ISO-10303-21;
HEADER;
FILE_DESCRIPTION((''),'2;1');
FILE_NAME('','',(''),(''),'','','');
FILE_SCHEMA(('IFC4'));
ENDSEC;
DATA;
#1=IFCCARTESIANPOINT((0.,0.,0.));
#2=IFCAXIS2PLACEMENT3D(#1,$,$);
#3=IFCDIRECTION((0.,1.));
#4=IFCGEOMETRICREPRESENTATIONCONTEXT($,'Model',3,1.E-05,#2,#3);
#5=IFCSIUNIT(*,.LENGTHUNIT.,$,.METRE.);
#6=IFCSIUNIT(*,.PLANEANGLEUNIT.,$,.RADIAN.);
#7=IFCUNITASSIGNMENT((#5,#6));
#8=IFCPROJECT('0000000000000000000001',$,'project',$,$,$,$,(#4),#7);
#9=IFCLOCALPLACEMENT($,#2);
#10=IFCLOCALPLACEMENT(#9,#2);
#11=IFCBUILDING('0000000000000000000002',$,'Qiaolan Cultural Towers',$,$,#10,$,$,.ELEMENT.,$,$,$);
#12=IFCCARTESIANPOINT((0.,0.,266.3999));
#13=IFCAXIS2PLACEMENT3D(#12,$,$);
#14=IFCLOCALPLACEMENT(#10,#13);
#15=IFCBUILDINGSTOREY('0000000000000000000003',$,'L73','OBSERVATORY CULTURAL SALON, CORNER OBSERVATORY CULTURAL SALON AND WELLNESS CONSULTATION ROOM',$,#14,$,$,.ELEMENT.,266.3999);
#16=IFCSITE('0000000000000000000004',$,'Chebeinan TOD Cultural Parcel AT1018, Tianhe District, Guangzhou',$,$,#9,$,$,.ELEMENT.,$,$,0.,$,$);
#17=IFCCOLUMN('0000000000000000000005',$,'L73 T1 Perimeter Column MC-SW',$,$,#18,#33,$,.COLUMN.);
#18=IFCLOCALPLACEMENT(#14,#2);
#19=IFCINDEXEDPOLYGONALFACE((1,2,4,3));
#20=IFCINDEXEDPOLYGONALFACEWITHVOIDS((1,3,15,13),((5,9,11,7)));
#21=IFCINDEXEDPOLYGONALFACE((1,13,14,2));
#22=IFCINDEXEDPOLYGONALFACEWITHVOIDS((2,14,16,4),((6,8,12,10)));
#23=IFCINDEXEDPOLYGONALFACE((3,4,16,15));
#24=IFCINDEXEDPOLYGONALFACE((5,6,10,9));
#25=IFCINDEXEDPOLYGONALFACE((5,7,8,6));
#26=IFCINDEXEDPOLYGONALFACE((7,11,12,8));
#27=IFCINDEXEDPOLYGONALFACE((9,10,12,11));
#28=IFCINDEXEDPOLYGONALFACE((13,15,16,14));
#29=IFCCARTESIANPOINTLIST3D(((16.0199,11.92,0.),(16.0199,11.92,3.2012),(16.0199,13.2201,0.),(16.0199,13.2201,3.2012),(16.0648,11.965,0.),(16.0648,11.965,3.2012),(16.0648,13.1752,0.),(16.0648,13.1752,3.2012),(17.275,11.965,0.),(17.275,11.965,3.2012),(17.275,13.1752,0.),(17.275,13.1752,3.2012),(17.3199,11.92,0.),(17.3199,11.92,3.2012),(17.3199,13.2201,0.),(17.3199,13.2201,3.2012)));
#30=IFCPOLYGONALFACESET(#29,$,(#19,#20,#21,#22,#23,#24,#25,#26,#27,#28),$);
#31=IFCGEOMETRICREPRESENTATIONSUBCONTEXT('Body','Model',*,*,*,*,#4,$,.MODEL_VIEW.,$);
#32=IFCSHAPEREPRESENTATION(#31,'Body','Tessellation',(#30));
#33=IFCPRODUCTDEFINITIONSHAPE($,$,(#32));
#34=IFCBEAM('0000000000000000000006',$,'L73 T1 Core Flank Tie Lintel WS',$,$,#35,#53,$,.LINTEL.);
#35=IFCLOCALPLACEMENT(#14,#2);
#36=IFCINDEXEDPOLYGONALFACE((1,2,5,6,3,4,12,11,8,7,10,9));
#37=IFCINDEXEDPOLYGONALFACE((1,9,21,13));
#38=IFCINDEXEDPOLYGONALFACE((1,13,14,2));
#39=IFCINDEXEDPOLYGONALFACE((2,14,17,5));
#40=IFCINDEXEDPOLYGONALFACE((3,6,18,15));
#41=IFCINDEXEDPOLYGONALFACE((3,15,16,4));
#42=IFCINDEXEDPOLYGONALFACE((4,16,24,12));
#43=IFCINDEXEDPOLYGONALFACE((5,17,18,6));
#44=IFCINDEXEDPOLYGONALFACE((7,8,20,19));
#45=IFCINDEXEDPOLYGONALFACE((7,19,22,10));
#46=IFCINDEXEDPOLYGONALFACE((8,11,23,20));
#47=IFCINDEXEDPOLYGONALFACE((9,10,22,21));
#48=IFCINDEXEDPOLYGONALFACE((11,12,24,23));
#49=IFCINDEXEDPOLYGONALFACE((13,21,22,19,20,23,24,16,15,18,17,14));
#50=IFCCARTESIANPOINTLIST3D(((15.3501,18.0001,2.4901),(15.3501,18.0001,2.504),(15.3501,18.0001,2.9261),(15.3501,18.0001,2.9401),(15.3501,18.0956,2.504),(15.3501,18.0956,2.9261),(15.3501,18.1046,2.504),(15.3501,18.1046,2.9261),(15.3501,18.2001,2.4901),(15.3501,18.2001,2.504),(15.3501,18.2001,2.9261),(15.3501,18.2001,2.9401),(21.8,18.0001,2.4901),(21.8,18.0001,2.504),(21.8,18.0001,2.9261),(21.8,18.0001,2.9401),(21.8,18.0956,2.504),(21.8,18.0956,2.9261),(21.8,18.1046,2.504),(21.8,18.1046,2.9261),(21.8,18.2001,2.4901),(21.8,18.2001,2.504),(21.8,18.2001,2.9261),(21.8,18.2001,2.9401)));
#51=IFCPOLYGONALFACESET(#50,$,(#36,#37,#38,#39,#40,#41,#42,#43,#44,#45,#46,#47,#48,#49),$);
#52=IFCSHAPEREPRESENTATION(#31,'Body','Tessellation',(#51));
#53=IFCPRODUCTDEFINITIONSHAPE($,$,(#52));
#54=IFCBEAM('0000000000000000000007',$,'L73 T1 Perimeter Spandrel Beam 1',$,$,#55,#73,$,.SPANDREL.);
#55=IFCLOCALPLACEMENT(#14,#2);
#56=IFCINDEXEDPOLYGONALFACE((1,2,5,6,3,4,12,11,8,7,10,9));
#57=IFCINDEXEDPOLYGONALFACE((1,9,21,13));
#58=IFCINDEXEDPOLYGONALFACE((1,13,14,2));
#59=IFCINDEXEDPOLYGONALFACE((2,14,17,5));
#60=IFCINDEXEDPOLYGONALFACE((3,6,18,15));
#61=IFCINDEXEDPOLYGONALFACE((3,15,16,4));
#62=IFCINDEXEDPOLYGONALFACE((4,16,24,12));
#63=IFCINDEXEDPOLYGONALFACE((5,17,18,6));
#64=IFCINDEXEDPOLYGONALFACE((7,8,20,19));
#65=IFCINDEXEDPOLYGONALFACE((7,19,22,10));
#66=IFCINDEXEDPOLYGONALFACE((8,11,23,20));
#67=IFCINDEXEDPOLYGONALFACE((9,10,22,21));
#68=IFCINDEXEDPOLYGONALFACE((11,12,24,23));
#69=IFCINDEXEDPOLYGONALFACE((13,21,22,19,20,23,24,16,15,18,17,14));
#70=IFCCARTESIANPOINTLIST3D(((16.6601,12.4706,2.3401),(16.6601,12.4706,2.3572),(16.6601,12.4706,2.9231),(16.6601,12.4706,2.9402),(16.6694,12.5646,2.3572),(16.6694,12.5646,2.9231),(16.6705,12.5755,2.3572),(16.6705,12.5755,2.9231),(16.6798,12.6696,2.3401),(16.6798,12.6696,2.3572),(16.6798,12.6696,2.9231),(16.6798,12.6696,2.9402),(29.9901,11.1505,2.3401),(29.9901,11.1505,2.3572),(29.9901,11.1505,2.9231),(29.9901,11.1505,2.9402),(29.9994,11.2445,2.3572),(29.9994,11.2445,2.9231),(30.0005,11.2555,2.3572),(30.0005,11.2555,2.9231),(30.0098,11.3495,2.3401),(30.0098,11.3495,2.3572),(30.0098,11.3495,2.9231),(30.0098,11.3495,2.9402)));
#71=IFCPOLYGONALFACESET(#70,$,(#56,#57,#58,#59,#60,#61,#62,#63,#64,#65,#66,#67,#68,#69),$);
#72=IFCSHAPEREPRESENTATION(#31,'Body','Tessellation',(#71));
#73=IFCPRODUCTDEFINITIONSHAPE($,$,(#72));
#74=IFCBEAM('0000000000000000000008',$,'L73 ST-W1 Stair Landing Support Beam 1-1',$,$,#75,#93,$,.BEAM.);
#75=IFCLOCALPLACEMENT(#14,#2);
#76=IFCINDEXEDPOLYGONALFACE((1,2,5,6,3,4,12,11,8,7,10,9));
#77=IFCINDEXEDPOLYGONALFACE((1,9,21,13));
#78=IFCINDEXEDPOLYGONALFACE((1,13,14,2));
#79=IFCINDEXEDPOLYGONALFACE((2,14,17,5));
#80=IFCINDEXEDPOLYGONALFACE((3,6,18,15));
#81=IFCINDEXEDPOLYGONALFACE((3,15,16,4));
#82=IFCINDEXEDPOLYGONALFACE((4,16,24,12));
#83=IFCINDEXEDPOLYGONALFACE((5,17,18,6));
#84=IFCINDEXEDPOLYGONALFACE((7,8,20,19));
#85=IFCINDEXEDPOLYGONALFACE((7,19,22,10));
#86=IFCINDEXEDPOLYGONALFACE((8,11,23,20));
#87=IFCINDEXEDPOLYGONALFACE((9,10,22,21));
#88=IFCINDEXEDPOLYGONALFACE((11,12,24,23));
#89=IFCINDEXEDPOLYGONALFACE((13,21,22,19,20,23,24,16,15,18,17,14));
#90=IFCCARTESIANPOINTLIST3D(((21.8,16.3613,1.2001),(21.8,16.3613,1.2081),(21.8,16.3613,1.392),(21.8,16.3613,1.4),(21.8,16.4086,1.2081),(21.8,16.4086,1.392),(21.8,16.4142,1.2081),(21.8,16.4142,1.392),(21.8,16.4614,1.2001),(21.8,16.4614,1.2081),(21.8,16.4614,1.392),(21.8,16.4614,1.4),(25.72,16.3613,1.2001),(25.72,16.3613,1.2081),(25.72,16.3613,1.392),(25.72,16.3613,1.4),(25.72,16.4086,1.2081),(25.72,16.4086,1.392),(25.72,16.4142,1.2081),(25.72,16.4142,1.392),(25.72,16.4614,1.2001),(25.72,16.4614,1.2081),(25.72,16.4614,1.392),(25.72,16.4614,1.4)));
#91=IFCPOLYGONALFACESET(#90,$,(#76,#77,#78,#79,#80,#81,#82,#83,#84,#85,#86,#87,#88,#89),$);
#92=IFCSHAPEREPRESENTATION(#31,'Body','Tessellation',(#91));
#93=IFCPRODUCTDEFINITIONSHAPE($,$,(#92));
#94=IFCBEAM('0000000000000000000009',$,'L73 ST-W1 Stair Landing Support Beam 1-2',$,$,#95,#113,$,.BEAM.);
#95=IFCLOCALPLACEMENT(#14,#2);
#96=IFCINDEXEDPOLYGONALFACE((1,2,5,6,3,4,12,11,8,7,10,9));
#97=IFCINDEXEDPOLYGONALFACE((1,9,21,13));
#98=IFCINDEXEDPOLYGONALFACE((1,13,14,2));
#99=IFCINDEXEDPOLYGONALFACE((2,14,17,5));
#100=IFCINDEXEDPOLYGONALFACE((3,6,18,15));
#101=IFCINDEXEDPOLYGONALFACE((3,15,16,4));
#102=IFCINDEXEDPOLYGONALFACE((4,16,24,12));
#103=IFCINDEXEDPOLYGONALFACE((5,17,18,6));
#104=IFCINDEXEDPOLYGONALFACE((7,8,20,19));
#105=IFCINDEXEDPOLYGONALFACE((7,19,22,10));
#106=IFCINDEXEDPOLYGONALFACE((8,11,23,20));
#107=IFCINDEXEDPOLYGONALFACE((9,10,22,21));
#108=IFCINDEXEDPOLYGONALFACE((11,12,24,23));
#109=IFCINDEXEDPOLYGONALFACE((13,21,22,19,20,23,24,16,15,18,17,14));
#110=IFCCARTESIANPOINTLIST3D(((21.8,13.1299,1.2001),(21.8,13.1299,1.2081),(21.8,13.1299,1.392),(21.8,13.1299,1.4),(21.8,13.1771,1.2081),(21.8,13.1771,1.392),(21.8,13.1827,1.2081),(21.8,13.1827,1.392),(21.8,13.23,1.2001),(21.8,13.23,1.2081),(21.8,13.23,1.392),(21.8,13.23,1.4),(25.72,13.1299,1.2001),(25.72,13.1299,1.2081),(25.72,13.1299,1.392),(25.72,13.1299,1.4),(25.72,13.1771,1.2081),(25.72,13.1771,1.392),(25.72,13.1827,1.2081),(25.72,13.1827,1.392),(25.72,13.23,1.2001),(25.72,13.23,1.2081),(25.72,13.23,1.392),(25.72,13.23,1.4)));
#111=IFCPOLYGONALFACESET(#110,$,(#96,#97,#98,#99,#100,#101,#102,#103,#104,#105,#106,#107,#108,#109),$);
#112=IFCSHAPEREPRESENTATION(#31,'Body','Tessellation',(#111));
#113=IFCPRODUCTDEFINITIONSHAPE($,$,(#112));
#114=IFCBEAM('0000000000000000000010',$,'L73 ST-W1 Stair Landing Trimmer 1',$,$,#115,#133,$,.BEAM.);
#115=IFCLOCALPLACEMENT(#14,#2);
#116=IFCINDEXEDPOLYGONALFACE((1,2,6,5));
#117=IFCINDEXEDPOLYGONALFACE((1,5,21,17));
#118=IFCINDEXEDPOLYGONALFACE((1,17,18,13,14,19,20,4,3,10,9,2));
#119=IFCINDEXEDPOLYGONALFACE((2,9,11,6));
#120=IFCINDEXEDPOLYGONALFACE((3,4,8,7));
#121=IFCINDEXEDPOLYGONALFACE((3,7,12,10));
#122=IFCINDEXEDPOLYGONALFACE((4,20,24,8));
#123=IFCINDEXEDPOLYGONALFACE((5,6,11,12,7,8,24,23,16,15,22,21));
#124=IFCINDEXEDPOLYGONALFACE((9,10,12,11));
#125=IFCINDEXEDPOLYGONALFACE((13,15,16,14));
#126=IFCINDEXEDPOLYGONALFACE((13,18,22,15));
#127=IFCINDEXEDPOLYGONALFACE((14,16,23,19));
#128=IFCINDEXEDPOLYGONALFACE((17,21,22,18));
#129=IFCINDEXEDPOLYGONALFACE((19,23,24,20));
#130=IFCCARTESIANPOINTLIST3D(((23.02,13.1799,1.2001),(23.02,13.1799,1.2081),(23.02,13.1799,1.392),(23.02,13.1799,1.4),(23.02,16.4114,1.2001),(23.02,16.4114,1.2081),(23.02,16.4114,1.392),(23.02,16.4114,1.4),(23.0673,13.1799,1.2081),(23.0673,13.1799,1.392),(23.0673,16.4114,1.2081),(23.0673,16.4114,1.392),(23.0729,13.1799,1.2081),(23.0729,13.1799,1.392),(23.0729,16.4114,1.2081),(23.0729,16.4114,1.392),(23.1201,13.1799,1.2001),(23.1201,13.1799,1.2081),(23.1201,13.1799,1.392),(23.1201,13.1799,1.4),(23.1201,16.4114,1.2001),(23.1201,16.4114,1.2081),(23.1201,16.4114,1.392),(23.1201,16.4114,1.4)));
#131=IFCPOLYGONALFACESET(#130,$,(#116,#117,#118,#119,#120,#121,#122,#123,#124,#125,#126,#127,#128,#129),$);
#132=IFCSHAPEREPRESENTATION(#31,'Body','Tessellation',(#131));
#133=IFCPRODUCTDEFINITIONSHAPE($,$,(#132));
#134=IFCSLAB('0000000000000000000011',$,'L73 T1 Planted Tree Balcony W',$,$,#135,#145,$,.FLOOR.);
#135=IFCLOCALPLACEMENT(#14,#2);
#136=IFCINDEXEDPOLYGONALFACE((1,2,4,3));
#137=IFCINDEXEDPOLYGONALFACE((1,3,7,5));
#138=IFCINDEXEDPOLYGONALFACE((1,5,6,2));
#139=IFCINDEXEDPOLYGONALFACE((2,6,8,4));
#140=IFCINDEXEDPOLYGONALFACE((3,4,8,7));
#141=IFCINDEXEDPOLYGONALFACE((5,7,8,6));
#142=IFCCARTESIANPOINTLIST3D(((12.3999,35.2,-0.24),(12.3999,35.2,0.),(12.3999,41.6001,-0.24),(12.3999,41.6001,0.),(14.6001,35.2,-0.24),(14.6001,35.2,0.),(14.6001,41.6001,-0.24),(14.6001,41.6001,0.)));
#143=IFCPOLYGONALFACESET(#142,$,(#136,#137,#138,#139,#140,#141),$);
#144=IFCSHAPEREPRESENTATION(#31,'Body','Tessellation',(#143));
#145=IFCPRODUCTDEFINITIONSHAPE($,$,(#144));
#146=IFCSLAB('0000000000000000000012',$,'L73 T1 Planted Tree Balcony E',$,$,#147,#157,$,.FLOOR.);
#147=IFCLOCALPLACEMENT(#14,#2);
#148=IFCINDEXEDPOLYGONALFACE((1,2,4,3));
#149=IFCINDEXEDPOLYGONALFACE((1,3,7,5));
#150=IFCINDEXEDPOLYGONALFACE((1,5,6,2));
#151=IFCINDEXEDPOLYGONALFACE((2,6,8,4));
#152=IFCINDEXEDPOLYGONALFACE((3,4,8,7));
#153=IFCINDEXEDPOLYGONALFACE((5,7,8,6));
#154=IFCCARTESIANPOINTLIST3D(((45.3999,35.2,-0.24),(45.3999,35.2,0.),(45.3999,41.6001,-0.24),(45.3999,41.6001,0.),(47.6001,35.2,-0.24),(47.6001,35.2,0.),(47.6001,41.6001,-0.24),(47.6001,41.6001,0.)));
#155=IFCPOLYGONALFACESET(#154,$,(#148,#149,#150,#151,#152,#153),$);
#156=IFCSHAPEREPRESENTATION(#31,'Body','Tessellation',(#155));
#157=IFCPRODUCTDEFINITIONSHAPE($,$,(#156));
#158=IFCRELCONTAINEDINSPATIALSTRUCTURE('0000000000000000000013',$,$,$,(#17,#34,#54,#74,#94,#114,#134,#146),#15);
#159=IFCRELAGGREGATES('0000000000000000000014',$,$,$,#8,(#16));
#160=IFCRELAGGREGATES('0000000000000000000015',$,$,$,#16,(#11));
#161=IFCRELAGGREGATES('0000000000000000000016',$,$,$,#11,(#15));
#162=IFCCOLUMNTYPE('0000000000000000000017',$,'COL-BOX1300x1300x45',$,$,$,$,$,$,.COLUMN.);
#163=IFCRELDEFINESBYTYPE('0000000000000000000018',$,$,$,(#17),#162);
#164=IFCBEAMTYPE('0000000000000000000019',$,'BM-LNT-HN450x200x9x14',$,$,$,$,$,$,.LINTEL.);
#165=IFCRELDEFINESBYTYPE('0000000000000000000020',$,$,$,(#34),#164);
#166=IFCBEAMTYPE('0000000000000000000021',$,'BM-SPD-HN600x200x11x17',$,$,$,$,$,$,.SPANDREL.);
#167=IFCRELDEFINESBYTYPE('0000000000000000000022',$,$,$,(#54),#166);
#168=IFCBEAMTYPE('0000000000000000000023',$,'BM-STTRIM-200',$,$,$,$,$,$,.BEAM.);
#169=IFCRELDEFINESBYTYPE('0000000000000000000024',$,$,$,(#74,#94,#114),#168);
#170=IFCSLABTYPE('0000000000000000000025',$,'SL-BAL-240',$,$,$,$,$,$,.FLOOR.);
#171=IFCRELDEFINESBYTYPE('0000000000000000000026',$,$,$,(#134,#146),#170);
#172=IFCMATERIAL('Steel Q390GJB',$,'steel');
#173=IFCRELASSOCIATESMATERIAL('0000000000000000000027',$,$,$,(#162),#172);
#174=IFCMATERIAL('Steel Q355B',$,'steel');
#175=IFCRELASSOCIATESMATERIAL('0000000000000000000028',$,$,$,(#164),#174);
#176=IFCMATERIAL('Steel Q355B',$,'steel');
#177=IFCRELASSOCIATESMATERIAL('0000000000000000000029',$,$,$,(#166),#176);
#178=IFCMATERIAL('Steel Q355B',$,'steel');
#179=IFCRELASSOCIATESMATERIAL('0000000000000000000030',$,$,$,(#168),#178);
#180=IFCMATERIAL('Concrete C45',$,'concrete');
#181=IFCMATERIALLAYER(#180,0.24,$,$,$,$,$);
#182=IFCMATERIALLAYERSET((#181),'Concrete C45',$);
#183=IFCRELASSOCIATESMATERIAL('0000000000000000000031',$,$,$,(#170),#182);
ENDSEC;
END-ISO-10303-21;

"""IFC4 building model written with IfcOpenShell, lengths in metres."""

from ifc_helpers import new_model, si_unit, direction, frame, origin, origin_2d, place, context, subcontext, project, spatial, polyline, hollow_rectangle, i_section, outline, extrude, material, layer, layer_set, material_profile, profile_set, type_object, element, save


model = new_model("IFC4")

# Units and contexts
model_context = context("Model", 3, precision=1e-05, world=origin(), true_north=direction((0.0, 1.0)))
body_context = subcontext(model_context, "Body", "Model", "MODEL_VIEW")
ifc_project = project(units=[si_unit("LENGTHUNIT", "METRE"), si_unit("PLANEANGLEUNIT", "RADIAN")], contexts=[model_context])

# Site, building, storey
site_placement = place(None, origin())
site = spatial("IfcSite", under=ifc_project, at=site_placement, Name="Chebeinan TOD Cultural Parcel AT1018, Tianhe District, Guangzhou", CompositionType="ELEMENT", RefElevation=0.0)
building_placement = place(site_placement, origin())
building = spatial("IfcBuilding", under=site, at=building_placement, Name="Qiaolan Cultural Towers", CompositionType="ELEMENT")
storey_placement = place(building_placement, frame((0.0, 0.0, 266.3999)))
storey = spatial("IfcBuildingStorey", under=building, at=storey_placement, Name="L73", Description="OBSERVATORY CULTURAL SALON, CORNER OBSERVATORY CULTURAL SALON AND WELLNESS CONSULTATION ROOM", CompositionType="ELEMENT", Elevation=266.3999)

# Column
ifc_material_1 = material(Name="Steel Q390GJB", Category="steel")
ifc_material_profile_1 = material_profile(ifc_material_1, hollow_rectangle(XDim=1.3, YDim=1.3, WallThickness=0.0449, at=origin_2d()), Name="BOX1300x1300x45")
ifc_profile_set_1 = profile_set([ifc_material_profile_1], Name="Steel Q390GJB")
column_type = type_object("IfcColumnType", Name="COL-BOX1300x1300x45", PredefinedType="COLUMN", material=ifc_profile_set_1)
column_placement = place(storey_placement, frame((16.6699, 12.5701, 0.0), z_axis=(0.0, 0.0, 1.0), x_axis=(1.0, 0.0, 0.0)))
element("IfcColumn", 1, at=column_placement, inside=storey, type_object=column_type, Name="L73 T1 Perimeter Column MC-SW", PredefinedType="COLUMN", context=body_context, shape_type="SweptSolid", body=[
    extrude(hollow_rectangle(XDim=1.3, YDim=1.3, WallThickness=0.0449, at=origin_2d()), origin(), (0.0, 0.0, 1.0), 3.2012),
])

# Beams
ifc_material_2 = material(Name="Steel Q355B", Category="steel")
ifc_material_profile_2 = material_profile(ifc_material_2, i_section(OverallWidth=0.2, OverallDepth=0.45, WebThickness=0.009, FlangeThickness=0.0139, at=origin_2d()), Name="HN450x200x9x14")
ifc_profile_set_2 = profile_set([ifc_material_profile_2], Name="Steel Q355B")
beam_type_1 = type_object("IfcBeamType", Name="BM-LNT-HN450x200x9x14", PredefinedType="LINTEL", material=ifc_profile_set_2)
beam_1_placement = place(storey_placement, frame((21.8, 18.1001, 2.7151), z_axis=(-1.0, 0.0, 0.0), x_axis=(0.0, -1.0, 0.0)))
element("IfcBeam", 2, at=beam_1_placement, inside=storey, type_object=beam_type_1, Name="L73 T1 Core Flank Tie Lintel WS", PredefinedType="LINTEL", context=body_context, shape_type="SweptSolid", body=[
    extrude(i_section(OverallWidth=0.2, OverallDepth=0.45, WebThickness=0.009, FlangeThickness=0.0139, at=origin_2d()), origin(), (0.0, 0.0, 1.0), 6.45),
])
ifc_material_3 = material(Name="Steel Q355B", Category="steel")
ifc_material_profile_3 = material_profile(ifc_material_3, i_section(OverallWidth=0.2, OverallDepth=0.6001, WebThickness=0.011, FlangeThickness=0.0171, at=origin_2d()), Name="HN600x200x11x17")
ifc_profile_set_3 = profile_set([ifc_material_profile_3], Name="Steel Q355B")
beam_type_2 = type_object("IfcBeamType", Name="BM-SPD-HN600x200x11x17", PredefinedType="SPANDREL", material=ifc_profile_set_3)
beam_2_placement = place(storey_placement, frame((16.6699, 12.5701, 2.6401), z_axis=(0.995132, -0.098547, 0.0), x_axis=(0.098547, 0.995132, 0.0)))
element("IfcBeam", 3, at=beam_2_placement, inside=storey, type_object=beam_type_2, Name="L73 T1 Perimeter Spandrel Beam 1", PredefinedType="SPANDREL", context=body_context, shape_type="SweptSolid", body=[
    extrude(i_section(OverallWidth=0.2, OverallDepth=0.6001, WebThickness=0.011, FlangeThickness=0.0171, at=origin_2d()), origin(), (0.0, 0.0, 1.0), 13.3953),
])
ifc_material_4 = material(Name="Steel Q355B", Category="steel")
ifc_material_profile_4 = material_profile(ifc_material_4, i_section(OverallWidth=0.1001, OverallDepth=0.2, WebThickness=0.0056, FlangeThickness=0.0081, at=origin_2d()), Name="HN200x100x5.5x8")
ifc_profile_set_4 = profile_set([ifc_material_profile_4], Name="Steel Q355B")
beam_type_3 = type_object("IfcBeamType", Name="BM-STTRIM-200", PredefinedType="BEAM", material=ifc_profile_set_4)
for number, where, z_axis, x_axis, name in (
    (4, (21.8, 16.4114, 1.3), (1.0, 0.0, 0.0), (0.0, 1.0, 0.0), "L73 ST-W1 Stair Landing Support Beam 1-1"),
    (5, (21.8, 13.1799, 1.3), (1.0, 0.0, 0.0), (0.0, 1.0, 0.0), "L73 ST-W1 Stair Landing Support Beam 1-2"),
):
    element("IfcBeam", number, at=place(storey_placement, frame(where, z_axis=z_axis, x_axis=x_axis)), inside=storey, type_object=beam_type_3, Name=name, PredefinedType="BEAM", context=body_context, shape_type="SweptSolid", body=[
        extrude(i_section(OverallWidth=0.1001, OverallDepth=0.2, WebThickness=0.0056, FlangeThickness=0.0081, at=origin_2d()), origin(), (0.0, 0.0, 1.0), 3.9199),
    ])
beam_3_placement = place(storey_placement, frame((23.0701, 16.4114, 1.3), z_axis=(0.0, -1.0, 0.0), x_axis=(1.0, 0.0, 0.0)))
element("IfcBeam", 6, at=beam_3_placement, inside=storey, type_object=beam_type_3, Name="L73 ST-W1 Stair Landing Trimmer 1", PredefinedType="BEAM", context=body_context, shape_type="SweptSolid", body=[
    extrude(i_section(OverallWidth=0.1001, OverallDepth=0.2, WebThickness=0.0056, FlangeThickness=0.0081, at=origin_2d()), origin(), (0.0, 0.0, 1.0), 3.2314),
])

# Slabs
ifc_material_5 = material(Name="Concrete C45", Category="concrete")
ifc_layer_1 = layer(ifc_material_5, 0.24)
ifc_layer_set_1 = layer_set([ifc_layer_1], Name="Concrete C45")
slab_type_1 = type_object("IfcSlabType", Name="SL-BAL-240", PredefinedType="FLOOR", material=ifc_layer_set_1)
slab_1_placement = place(storey_placement, frame((0.0, 0.0, -0.24)))
element("IfcSlab", 7, at=slab_1_placement, inside=storey, type_object=slab_type_1, Name="L73 T1 Planted Tree Balcony W", PredefinedType="FLOOR", context=body_context, shape_type="SweptSolid", body=[
    extrude(outline(polyline([(12.3999, 35.2), (14.6001, 35.2), (14.6001, 41.6001), (12.3999, 41.6001), (12.3999, 35.2)])), origin(), (0.0, 0.0, 1.0), 0.24),
])
slab_2_placement = place(storey_placement, frame((0.0, 0.0, -0.24)))
element("IfcSlab", 8, at=slab_2_placement, inside=storey, type_object=slab_type_1, Name="L73 T1 Planted Tree Balcony E", PredefinedType="FLOOR", context=body_context, shape_type="SweptSolid", body=[
    extrude(outline(polyline([(45.3999, 35.2), (47.6001, 35.2), (47.6001, 41.6001), (45.3999, 41.6001), (45.3999, 35.2)])), origin(), (0.0, 0.0, 1.0), 0.24),
])

save(model, "model.ifc")
